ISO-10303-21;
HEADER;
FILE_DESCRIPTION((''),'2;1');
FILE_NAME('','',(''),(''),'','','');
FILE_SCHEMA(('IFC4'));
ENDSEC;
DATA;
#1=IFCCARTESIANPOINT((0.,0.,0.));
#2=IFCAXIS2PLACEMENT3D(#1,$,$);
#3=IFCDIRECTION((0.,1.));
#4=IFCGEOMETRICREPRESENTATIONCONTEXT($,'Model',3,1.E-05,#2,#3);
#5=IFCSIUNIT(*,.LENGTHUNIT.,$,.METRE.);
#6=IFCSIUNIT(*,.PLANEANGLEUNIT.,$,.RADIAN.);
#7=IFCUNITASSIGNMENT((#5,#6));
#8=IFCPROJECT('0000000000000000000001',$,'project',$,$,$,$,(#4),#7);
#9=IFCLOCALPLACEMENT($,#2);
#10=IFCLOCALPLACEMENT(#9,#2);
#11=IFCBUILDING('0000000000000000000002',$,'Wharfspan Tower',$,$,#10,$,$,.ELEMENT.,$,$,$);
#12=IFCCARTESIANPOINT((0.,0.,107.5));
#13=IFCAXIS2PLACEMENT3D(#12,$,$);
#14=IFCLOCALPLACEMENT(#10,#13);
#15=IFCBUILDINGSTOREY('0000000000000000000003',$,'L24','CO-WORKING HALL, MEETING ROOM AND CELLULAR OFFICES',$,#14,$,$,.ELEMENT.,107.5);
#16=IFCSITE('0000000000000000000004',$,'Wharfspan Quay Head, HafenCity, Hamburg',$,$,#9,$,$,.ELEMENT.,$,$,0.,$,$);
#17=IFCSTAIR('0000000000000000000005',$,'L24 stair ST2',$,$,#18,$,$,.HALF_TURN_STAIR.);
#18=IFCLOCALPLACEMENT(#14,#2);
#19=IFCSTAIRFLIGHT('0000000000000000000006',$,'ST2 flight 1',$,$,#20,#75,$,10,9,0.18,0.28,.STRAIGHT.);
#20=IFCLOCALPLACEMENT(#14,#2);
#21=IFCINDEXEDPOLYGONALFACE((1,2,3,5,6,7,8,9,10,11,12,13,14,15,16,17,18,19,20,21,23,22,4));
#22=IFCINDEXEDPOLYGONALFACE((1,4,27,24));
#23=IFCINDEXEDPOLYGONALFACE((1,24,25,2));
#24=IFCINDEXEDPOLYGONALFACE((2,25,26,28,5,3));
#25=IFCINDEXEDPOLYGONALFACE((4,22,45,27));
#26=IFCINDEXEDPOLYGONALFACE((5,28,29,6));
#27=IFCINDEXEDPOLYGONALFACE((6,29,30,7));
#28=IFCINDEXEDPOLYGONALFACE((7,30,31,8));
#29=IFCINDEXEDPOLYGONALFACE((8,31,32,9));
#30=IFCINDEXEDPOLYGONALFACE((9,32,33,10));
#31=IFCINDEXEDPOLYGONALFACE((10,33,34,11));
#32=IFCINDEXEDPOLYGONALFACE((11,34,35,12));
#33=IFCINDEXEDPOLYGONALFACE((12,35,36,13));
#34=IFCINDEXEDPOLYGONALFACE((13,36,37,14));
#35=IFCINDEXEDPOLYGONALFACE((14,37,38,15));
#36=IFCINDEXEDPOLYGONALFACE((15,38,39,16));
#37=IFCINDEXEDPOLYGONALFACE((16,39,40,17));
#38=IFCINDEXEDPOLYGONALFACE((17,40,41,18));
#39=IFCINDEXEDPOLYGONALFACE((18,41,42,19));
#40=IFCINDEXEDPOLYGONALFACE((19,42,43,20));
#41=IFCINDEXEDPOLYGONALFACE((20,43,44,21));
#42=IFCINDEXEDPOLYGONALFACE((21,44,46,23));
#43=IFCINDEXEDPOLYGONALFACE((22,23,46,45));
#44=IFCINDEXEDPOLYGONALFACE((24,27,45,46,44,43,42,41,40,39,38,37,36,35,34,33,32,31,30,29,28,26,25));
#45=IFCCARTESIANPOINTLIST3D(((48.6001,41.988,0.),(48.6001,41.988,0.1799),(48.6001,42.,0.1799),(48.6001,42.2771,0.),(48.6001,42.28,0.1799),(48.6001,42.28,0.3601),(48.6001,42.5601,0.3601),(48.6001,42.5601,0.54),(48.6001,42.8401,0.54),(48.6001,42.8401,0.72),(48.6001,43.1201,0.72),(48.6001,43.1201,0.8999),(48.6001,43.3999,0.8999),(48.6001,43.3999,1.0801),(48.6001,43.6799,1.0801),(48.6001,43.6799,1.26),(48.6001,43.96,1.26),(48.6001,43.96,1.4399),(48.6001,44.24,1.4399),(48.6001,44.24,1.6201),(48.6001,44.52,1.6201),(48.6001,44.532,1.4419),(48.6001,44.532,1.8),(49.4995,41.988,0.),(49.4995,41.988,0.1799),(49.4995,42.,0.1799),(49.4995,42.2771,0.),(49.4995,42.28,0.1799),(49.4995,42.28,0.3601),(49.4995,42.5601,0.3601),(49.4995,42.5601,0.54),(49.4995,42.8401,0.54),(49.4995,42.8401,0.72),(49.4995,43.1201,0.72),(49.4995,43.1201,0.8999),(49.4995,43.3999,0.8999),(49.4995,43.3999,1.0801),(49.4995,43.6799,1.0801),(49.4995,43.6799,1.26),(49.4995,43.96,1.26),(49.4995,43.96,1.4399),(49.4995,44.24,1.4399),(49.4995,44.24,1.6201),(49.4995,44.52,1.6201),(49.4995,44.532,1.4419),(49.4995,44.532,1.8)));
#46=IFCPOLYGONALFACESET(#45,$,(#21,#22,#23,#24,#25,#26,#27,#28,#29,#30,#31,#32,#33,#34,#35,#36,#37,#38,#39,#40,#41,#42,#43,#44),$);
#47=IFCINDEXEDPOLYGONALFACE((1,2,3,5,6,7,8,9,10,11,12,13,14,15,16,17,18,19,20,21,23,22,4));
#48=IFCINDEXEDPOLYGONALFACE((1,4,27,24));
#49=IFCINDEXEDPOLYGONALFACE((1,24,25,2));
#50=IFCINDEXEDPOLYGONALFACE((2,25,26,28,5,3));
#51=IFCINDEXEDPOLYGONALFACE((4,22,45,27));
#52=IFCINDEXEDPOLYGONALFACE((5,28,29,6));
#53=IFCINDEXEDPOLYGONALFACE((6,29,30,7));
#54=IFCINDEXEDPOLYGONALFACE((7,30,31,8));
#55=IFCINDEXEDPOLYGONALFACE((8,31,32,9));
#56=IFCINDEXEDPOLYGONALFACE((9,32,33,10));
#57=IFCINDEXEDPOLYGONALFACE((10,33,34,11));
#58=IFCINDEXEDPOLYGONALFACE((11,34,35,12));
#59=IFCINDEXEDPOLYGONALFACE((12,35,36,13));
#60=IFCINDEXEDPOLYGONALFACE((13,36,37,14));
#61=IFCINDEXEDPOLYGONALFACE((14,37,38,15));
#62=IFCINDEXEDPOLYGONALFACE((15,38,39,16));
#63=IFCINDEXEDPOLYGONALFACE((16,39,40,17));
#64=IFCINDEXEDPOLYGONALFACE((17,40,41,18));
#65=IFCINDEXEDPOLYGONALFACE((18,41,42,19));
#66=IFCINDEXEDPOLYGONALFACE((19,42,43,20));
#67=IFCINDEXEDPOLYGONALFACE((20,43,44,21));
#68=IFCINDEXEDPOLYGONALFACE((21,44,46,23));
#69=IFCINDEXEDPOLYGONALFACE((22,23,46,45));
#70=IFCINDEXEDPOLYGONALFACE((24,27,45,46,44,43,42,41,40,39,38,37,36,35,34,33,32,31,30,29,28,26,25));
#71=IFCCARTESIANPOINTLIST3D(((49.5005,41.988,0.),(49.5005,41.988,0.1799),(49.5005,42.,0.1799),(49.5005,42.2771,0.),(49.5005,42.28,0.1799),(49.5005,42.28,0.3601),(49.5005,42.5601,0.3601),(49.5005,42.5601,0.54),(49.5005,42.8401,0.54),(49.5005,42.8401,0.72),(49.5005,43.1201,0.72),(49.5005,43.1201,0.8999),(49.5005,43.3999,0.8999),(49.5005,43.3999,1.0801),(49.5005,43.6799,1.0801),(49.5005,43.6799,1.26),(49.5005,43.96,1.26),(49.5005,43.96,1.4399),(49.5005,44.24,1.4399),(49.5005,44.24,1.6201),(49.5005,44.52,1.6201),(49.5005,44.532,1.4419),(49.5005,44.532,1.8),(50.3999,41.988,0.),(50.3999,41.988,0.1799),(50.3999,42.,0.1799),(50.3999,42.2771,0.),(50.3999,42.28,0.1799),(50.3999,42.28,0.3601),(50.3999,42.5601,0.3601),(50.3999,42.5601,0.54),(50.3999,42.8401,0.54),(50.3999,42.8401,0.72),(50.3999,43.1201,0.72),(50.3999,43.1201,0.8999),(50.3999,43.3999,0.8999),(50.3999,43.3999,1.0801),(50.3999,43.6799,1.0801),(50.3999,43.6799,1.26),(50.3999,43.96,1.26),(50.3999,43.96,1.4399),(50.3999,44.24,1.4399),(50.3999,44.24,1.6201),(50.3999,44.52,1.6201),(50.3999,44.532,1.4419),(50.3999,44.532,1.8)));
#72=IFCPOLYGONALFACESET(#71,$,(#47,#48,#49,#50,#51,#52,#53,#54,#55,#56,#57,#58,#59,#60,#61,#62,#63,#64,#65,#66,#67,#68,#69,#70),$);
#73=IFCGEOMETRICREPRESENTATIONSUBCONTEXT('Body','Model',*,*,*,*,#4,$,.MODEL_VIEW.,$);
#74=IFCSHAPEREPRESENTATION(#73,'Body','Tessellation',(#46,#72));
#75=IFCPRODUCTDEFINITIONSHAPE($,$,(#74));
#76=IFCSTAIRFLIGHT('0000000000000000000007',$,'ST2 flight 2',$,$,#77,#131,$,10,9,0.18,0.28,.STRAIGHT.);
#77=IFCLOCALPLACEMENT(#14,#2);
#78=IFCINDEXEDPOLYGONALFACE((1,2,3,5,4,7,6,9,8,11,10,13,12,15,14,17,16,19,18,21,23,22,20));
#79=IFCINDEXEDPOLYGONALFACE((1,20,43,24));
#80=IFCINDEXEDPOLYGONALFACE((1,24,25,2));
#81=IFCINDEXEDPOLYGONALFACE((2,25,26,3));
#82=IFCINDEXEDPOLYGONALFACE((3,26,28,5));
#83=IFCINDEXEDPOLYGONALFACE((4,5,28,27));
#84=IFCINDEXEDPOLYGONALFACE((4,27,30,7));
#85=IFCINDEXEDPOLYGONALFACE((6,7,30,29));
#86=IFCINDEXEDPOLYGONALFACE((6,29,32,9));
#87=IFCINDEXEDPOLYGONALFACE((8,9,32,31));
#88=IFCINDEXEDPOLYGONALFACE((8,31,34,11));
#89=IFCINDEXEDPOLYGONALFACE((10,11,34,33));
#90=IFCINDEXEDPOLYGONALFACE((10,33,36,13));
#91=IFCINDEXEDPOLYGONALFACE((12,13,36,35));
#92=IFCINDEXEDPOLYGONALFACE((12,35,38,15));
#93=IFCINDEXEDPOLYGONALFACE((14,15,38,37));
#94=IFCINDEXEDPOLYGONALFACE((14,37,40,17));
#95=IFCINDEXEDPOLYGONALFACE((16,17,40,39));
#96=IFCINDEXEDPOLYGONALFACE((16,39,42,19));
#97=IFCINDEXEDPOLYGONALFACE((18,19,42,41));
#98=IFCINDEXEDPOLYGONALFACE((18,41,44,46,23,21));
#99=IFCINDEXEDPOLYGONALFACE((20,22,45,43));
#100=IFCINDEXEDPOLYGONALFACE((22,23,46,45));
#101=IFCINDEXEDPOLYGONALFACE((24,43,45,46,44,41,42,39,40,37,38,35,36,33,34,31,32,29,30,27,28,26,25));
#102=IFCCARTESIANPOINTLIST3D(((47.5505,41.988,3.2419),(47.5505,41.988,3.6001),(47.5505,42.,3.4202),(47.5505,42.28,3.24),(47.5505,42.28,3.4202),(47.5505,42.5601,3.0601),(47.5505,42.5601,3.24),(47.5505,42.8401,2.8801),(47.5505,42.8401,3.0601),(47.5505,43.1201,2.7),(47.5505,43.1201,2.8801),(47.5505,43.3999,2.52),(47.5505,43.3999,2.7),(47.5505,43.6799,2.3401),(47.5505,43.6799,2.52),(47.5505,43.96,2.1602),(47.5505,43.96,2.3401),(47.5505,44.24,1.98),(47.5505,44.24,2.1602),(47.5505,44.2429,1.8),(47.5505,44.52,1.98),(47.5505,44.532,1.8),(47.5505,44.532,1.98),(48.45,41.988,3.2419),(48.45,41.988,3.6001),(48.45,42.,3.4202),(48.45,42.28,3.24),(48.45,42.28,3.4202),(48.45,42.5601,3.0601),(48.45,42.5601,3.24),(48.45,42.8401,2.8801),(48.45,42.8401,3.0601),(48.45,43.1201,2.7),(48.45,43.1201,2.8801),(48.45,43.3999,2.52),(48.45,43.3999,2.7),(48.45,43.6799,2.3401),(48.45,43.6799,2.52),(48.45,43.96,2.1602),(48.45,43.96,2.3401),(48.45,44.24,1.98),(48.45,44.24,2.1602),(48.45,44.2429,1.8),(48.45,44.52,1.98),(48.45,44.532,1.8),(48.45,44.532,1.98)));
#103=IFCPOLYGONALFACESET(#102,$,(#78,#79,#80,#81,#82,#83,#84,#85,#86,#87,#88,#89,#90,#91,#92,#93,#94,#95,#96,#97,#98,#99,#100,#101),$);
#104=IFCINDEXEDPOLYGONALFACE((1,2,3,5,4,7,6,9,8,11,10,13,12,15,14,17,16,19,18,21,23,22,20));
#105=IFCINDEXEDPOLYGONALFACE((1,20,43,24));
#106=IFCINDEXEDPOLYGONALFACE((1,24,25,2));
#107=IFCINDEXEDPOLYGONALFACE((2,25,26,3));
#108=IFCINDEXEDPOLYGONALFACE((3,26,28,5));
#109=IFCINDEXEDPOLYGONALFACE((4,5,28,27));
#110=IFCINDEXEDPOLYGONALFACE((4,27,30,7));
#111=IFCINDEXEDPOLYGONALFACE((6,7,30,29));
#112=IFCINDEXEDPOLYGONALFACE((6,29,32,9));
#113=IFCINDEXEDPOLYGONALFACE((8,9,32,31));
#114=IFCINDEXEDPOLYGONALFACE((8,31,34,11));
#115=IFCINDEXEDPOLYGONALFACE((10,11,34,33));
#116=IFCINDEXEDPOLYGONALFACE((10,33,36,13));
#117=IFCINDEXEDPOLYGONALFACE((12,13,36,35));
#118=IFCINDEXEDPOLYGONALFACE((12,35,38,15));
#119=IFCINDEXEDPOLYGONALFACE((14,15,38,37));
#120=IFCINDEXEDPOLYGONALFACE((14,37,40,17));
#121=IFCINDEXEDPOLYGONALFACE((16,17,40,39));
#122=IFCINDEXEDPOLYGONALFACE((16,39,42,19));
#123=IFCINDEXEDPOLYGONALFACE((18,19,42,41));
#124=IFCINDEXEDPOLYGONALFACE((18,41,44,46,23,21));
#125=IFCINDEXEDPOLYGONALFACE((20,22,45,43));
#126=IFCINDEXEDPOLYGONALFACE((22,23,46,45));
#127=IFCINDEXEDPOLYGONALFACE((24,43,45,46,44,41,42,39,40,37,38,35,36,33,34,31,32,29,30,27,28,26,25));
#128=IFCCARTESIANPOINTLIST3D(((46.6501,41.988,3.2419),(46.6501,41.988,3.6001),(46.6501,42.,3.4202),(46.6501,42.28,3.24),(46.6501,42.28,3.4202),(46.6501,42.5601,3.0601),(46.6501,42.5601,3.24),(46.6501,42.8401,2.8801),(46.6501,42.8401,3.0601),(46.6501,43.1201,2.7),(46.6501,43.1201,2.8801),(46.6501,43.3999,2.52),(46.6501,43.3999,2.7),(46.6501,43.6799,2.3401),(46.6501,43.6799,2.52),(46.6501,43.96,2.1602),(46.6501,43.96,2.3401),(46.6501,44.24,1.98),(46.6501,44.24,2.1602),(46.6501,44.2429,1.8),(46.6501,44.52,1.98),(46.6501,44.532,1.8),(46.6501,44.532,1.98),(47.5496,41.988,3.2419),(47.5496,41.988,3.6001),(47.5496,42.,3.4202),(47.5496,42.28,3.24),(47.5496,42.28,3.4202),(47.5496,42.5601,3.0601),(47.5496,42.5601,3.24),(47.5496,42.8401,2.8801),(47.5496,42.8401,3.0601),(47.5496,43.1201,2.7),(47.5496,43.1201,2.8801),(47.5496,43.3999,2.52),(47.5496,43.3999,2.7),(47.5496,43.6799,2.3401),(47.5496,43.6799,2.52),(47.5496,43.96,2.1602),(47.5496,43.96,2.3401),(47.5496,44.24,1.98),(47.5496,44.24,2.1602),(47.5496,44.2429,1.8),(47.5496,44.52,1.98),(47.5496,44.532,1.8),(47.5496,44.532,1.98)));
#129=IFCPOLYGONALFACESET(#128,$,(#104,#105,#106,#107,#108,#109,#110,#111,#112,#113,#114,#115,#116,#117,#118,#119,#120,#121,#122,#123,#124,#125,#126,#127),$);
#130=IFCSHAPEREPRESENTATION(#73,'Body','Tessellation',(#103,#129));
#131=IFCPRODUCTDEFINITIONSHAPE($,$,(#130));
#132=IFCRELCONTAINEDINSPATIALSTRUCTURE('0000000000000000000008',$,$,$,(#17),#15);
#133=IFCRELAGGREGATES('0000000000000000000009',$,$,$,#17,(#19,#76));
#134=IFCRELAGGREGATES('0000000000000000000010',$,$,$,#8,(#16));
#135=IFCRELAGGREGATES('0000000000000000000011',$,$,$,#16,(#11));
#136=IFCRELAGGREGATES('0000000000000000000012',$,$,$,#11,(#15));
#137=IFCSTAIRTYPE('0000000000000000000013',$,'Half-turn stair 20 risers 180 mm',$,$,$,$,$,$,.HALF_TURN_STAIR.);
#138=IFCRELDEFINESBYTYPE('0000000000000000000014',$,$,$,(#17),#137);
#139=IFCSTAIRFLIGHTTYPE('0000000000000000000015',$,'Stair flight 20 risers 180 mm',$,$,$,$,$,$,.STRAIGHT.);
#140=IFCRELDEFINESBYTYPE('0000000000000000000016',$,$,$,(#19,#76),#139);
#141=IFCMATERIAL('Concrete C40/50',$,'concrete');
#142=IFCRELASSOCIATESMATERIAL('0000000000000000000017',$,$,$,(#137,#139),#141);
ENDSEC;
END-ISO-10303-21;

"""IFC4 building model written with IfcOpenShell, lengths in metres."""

from ifc_helpers import new_model, si_unit, direction, frame, origin, place, context, subcontext, project, spatial, polyline, outline, extrude, material, type_object, element, aggregate, save


model = new_model("IFC4")

# Units and contexts
model_context = context("Model", 3, precision=1e-05, world=origin(), true_north=direction((0.0, 1.0)))
body_context = subcontext(model_context, "Body", "Model", "MODEL_VIEW")
ifc_project = project(units=[si_unit("LENGTHUNIT", "METRE"), si_unit("PLANEANGLEUNIT", "RADIAN")], contexts=[model_context])

# Site, building, storey
site_placement = place(None, origin())
site = spatial("IfcSite", under=ifc_project, at=site_placement, Name="Wharfspan Quay Head, HafenCity, Hamburg", CompositionType="ELEMENT", RefElevation=0.0)
building_placement = place(site_placement, origin())
building = spatial("IfcBuilding", under=site, at=building_placement, Name="Wharfspan Tower", CompositionType="ELEMENT")
storey_placement = place(building_placement, frame((0.0, 0.0, 107.5)))
storey = spatial("IfcBuildingStorey", under=building, at=storey_placement, Name="L24", Description="CO-WORKING HALL, MEETING ROOM AND CELLULAR OFFICES", CompositionType="ELEMENT", Elevation=107.5)

# Shared definitions
ifc_material_1 = material(Name="Concrete C40/50", Category="concrete")

# Stair, stair flights
stair_type = type_object("IfcStairType", Name="Half-turn stair 20 risers 180 mm", PredefinedType="HALF_TURN_STAIR", material=ifc_material_1)
stair_placement = place(storey_placement, origin())
stair = element("IfcStair", 1, at=stair_placement, inside=storey, type_object=stair_type, Name="L24 stair ST2", PredefinedType="HALF_TURN_STAIR")
stair_flight_type = type_object("IfcStairFlightType", Name="Stair flight 20 risers 180 mm", PredefinedType="STRAIGHT", material=ifc_material_1)
stair_flight_1_placement = place(storey_placement, frame((49.5, 42.0, 0.0), z_axis=(0.0, 0.0, 1.0), x_axis=(0.0, 1.0, 0.0)))
stair_flight_1 = element("IfcStairFlight", 2, at=stair_flight_1_placement, type_object=stair_flight_type, Name="ST2 flight 1", NumberOfRisers=10, NumberOfTreads=9, PredefinedType="STRAIGHT", RiserHeight=0.18, TreadLength=0.28, context=body_context, shape_type="SweptSolid", body=[
    extrude(outline(polyline([(-0.012, 0.0), (-0.012, 0.1799), (0.0, 0.1799), (0.28, 0.1799), (0.28, 0.3601), (0.5601, 0.3601), (0.5601, 0.54), (0.8401, 0.54), (0.8401, 0.72), (1.1201, 0.72), (1.1201, 0.8999), (1.3999, 0.8999), (1.3999, 1.0801), (1.6799, 1.0801), (1.6799, 1.26), (1.96, 1.26), (1.96, 1.4399), (2.24, 1.4399), (2.24, 1.6201), (2.52, 1.6201), (2.532, 1.8), (2.532, 1.4419), (0.2771, 0.0), (-0.012, 0.0)])), frame((0.0, 0.8999, 0.0), z_axis=(0.0, -1.0, 0.0), x_axis=(1.0, 0.0, 0.0)), (0.0, 0.0, 1.0), 0.8994),
    extrude(outline(polyline([(-0.012, 0.0), (-0.012, 0.1799), (0.0, 0.1799), (0.28, 0.1799), (0.28, 0.3601), (0.5601, 0.3601), (0.5601, 0.54), (0.8401, 0.54), (0.8401, 0.72), (1.1201, 0.72), (1.1201, 0.8999), (1.3999, 0.8999), (1.3999, 1.0801), (1.6799, 1.0801), (1.6799, 1.26), (1.96, 1.26), (1.96, 1.4399), (2.24, 1.4399), (2.24, 1.6201), (2.52, 1.6201), (2.532, 1.8), (2.532, 1.4419), (0.2771, 0.0), (-0.012, 0.0)])), frame((0.0, -0.0005, 0.0), z_axis=(0.0, -1.0, 0.0), x_axis=(1.0, 0.0, 0.0)), (0.0, 0.0, 1.0), 0.8994),
])
stair_flight_2_placement = place(storey_placement, frame((47.55, 44.52, 1.8), z_axis=(0.0, 0.0, 1.0), x_axis=(0.0, -1.0, 0.0)))
stair_flight_2 = element("IfcStairFlight", 3, at=stair_flight_2_placement, type_object=stair_flight_type, Name="ST2 flight 2", NumberOfRisers=10, NumberOfTreads=9, PredefinedType="STRAIGHT", RiserHeight=0.18, TreadLength=0.28, context=body_context, shape_type="SweptSolid", body=[
    extrude(outline(polyline([(-0.012, 0.0), (-0.012, 0.1799), (0.0, 0.1799), (0.28, 0.1799), (0.28, 0.3601), (0.5601, 0.3601), (0.5601, 0.54), (0.8401, 0.54), (0.8401, 0.72), (1.1201, 0.72), (1.1201, 0.8999), (1.3999, 0.8999), (1.3999, 1.0801), (1.6799, 1.0801), (1.6799, 1.26), (1.96, 1.26), (1.96, 1.4399), (2.24, 1.4399), (2.24, 1.6201), (2.52, 1.6201), (2.532, 1.8), (2.532, 1.4419), (0.2771, 0.0), (-0.012, 0.0)])), frame((0.0, 0.8999, 0.0), z_axis=(0.0, -1.0, 0.0), x_axis=(1.0, 0.0, 0.0)), (0.0, 0.0, 1.0), 0.8994),
    extrude(outline(polyline([(-0.012, 0.0), (-0.012, 0.1799), (0.0, 0.1799), (0.28, 0.1799), (0.28, 0.3601), (0.5601, 0.3601), (0.5601, 0.54), (0.8401, 0.54), (0.8401, 0.72), (1.1201, 0.72), (1.1201, 0.8999), (1.3999, 0.8999), (1.3999, 1.0801), (1.6799, 1.0801), (1.6799, 1.26), (1.96, 1.26), (1.96, 1.4399), (2.24, 1.4399), (2.24, 1.6201), (2.52, 1.6201), (2.532, 1.8), (2.532, 1.4419), (0.2771, 0.0), (-0.012, 0.0)])), frame((0.0, -0.0005, 0.0), z_axis=(0.0, -1.0, 0.0), x_axis=(1.0, 0.0, 0.0)), (0.0, 0.0, 1.0), 0.8994),
])
aggregate(stair, [stair_flight_1, stair_flight_2])

save(model, "model.ifc")
